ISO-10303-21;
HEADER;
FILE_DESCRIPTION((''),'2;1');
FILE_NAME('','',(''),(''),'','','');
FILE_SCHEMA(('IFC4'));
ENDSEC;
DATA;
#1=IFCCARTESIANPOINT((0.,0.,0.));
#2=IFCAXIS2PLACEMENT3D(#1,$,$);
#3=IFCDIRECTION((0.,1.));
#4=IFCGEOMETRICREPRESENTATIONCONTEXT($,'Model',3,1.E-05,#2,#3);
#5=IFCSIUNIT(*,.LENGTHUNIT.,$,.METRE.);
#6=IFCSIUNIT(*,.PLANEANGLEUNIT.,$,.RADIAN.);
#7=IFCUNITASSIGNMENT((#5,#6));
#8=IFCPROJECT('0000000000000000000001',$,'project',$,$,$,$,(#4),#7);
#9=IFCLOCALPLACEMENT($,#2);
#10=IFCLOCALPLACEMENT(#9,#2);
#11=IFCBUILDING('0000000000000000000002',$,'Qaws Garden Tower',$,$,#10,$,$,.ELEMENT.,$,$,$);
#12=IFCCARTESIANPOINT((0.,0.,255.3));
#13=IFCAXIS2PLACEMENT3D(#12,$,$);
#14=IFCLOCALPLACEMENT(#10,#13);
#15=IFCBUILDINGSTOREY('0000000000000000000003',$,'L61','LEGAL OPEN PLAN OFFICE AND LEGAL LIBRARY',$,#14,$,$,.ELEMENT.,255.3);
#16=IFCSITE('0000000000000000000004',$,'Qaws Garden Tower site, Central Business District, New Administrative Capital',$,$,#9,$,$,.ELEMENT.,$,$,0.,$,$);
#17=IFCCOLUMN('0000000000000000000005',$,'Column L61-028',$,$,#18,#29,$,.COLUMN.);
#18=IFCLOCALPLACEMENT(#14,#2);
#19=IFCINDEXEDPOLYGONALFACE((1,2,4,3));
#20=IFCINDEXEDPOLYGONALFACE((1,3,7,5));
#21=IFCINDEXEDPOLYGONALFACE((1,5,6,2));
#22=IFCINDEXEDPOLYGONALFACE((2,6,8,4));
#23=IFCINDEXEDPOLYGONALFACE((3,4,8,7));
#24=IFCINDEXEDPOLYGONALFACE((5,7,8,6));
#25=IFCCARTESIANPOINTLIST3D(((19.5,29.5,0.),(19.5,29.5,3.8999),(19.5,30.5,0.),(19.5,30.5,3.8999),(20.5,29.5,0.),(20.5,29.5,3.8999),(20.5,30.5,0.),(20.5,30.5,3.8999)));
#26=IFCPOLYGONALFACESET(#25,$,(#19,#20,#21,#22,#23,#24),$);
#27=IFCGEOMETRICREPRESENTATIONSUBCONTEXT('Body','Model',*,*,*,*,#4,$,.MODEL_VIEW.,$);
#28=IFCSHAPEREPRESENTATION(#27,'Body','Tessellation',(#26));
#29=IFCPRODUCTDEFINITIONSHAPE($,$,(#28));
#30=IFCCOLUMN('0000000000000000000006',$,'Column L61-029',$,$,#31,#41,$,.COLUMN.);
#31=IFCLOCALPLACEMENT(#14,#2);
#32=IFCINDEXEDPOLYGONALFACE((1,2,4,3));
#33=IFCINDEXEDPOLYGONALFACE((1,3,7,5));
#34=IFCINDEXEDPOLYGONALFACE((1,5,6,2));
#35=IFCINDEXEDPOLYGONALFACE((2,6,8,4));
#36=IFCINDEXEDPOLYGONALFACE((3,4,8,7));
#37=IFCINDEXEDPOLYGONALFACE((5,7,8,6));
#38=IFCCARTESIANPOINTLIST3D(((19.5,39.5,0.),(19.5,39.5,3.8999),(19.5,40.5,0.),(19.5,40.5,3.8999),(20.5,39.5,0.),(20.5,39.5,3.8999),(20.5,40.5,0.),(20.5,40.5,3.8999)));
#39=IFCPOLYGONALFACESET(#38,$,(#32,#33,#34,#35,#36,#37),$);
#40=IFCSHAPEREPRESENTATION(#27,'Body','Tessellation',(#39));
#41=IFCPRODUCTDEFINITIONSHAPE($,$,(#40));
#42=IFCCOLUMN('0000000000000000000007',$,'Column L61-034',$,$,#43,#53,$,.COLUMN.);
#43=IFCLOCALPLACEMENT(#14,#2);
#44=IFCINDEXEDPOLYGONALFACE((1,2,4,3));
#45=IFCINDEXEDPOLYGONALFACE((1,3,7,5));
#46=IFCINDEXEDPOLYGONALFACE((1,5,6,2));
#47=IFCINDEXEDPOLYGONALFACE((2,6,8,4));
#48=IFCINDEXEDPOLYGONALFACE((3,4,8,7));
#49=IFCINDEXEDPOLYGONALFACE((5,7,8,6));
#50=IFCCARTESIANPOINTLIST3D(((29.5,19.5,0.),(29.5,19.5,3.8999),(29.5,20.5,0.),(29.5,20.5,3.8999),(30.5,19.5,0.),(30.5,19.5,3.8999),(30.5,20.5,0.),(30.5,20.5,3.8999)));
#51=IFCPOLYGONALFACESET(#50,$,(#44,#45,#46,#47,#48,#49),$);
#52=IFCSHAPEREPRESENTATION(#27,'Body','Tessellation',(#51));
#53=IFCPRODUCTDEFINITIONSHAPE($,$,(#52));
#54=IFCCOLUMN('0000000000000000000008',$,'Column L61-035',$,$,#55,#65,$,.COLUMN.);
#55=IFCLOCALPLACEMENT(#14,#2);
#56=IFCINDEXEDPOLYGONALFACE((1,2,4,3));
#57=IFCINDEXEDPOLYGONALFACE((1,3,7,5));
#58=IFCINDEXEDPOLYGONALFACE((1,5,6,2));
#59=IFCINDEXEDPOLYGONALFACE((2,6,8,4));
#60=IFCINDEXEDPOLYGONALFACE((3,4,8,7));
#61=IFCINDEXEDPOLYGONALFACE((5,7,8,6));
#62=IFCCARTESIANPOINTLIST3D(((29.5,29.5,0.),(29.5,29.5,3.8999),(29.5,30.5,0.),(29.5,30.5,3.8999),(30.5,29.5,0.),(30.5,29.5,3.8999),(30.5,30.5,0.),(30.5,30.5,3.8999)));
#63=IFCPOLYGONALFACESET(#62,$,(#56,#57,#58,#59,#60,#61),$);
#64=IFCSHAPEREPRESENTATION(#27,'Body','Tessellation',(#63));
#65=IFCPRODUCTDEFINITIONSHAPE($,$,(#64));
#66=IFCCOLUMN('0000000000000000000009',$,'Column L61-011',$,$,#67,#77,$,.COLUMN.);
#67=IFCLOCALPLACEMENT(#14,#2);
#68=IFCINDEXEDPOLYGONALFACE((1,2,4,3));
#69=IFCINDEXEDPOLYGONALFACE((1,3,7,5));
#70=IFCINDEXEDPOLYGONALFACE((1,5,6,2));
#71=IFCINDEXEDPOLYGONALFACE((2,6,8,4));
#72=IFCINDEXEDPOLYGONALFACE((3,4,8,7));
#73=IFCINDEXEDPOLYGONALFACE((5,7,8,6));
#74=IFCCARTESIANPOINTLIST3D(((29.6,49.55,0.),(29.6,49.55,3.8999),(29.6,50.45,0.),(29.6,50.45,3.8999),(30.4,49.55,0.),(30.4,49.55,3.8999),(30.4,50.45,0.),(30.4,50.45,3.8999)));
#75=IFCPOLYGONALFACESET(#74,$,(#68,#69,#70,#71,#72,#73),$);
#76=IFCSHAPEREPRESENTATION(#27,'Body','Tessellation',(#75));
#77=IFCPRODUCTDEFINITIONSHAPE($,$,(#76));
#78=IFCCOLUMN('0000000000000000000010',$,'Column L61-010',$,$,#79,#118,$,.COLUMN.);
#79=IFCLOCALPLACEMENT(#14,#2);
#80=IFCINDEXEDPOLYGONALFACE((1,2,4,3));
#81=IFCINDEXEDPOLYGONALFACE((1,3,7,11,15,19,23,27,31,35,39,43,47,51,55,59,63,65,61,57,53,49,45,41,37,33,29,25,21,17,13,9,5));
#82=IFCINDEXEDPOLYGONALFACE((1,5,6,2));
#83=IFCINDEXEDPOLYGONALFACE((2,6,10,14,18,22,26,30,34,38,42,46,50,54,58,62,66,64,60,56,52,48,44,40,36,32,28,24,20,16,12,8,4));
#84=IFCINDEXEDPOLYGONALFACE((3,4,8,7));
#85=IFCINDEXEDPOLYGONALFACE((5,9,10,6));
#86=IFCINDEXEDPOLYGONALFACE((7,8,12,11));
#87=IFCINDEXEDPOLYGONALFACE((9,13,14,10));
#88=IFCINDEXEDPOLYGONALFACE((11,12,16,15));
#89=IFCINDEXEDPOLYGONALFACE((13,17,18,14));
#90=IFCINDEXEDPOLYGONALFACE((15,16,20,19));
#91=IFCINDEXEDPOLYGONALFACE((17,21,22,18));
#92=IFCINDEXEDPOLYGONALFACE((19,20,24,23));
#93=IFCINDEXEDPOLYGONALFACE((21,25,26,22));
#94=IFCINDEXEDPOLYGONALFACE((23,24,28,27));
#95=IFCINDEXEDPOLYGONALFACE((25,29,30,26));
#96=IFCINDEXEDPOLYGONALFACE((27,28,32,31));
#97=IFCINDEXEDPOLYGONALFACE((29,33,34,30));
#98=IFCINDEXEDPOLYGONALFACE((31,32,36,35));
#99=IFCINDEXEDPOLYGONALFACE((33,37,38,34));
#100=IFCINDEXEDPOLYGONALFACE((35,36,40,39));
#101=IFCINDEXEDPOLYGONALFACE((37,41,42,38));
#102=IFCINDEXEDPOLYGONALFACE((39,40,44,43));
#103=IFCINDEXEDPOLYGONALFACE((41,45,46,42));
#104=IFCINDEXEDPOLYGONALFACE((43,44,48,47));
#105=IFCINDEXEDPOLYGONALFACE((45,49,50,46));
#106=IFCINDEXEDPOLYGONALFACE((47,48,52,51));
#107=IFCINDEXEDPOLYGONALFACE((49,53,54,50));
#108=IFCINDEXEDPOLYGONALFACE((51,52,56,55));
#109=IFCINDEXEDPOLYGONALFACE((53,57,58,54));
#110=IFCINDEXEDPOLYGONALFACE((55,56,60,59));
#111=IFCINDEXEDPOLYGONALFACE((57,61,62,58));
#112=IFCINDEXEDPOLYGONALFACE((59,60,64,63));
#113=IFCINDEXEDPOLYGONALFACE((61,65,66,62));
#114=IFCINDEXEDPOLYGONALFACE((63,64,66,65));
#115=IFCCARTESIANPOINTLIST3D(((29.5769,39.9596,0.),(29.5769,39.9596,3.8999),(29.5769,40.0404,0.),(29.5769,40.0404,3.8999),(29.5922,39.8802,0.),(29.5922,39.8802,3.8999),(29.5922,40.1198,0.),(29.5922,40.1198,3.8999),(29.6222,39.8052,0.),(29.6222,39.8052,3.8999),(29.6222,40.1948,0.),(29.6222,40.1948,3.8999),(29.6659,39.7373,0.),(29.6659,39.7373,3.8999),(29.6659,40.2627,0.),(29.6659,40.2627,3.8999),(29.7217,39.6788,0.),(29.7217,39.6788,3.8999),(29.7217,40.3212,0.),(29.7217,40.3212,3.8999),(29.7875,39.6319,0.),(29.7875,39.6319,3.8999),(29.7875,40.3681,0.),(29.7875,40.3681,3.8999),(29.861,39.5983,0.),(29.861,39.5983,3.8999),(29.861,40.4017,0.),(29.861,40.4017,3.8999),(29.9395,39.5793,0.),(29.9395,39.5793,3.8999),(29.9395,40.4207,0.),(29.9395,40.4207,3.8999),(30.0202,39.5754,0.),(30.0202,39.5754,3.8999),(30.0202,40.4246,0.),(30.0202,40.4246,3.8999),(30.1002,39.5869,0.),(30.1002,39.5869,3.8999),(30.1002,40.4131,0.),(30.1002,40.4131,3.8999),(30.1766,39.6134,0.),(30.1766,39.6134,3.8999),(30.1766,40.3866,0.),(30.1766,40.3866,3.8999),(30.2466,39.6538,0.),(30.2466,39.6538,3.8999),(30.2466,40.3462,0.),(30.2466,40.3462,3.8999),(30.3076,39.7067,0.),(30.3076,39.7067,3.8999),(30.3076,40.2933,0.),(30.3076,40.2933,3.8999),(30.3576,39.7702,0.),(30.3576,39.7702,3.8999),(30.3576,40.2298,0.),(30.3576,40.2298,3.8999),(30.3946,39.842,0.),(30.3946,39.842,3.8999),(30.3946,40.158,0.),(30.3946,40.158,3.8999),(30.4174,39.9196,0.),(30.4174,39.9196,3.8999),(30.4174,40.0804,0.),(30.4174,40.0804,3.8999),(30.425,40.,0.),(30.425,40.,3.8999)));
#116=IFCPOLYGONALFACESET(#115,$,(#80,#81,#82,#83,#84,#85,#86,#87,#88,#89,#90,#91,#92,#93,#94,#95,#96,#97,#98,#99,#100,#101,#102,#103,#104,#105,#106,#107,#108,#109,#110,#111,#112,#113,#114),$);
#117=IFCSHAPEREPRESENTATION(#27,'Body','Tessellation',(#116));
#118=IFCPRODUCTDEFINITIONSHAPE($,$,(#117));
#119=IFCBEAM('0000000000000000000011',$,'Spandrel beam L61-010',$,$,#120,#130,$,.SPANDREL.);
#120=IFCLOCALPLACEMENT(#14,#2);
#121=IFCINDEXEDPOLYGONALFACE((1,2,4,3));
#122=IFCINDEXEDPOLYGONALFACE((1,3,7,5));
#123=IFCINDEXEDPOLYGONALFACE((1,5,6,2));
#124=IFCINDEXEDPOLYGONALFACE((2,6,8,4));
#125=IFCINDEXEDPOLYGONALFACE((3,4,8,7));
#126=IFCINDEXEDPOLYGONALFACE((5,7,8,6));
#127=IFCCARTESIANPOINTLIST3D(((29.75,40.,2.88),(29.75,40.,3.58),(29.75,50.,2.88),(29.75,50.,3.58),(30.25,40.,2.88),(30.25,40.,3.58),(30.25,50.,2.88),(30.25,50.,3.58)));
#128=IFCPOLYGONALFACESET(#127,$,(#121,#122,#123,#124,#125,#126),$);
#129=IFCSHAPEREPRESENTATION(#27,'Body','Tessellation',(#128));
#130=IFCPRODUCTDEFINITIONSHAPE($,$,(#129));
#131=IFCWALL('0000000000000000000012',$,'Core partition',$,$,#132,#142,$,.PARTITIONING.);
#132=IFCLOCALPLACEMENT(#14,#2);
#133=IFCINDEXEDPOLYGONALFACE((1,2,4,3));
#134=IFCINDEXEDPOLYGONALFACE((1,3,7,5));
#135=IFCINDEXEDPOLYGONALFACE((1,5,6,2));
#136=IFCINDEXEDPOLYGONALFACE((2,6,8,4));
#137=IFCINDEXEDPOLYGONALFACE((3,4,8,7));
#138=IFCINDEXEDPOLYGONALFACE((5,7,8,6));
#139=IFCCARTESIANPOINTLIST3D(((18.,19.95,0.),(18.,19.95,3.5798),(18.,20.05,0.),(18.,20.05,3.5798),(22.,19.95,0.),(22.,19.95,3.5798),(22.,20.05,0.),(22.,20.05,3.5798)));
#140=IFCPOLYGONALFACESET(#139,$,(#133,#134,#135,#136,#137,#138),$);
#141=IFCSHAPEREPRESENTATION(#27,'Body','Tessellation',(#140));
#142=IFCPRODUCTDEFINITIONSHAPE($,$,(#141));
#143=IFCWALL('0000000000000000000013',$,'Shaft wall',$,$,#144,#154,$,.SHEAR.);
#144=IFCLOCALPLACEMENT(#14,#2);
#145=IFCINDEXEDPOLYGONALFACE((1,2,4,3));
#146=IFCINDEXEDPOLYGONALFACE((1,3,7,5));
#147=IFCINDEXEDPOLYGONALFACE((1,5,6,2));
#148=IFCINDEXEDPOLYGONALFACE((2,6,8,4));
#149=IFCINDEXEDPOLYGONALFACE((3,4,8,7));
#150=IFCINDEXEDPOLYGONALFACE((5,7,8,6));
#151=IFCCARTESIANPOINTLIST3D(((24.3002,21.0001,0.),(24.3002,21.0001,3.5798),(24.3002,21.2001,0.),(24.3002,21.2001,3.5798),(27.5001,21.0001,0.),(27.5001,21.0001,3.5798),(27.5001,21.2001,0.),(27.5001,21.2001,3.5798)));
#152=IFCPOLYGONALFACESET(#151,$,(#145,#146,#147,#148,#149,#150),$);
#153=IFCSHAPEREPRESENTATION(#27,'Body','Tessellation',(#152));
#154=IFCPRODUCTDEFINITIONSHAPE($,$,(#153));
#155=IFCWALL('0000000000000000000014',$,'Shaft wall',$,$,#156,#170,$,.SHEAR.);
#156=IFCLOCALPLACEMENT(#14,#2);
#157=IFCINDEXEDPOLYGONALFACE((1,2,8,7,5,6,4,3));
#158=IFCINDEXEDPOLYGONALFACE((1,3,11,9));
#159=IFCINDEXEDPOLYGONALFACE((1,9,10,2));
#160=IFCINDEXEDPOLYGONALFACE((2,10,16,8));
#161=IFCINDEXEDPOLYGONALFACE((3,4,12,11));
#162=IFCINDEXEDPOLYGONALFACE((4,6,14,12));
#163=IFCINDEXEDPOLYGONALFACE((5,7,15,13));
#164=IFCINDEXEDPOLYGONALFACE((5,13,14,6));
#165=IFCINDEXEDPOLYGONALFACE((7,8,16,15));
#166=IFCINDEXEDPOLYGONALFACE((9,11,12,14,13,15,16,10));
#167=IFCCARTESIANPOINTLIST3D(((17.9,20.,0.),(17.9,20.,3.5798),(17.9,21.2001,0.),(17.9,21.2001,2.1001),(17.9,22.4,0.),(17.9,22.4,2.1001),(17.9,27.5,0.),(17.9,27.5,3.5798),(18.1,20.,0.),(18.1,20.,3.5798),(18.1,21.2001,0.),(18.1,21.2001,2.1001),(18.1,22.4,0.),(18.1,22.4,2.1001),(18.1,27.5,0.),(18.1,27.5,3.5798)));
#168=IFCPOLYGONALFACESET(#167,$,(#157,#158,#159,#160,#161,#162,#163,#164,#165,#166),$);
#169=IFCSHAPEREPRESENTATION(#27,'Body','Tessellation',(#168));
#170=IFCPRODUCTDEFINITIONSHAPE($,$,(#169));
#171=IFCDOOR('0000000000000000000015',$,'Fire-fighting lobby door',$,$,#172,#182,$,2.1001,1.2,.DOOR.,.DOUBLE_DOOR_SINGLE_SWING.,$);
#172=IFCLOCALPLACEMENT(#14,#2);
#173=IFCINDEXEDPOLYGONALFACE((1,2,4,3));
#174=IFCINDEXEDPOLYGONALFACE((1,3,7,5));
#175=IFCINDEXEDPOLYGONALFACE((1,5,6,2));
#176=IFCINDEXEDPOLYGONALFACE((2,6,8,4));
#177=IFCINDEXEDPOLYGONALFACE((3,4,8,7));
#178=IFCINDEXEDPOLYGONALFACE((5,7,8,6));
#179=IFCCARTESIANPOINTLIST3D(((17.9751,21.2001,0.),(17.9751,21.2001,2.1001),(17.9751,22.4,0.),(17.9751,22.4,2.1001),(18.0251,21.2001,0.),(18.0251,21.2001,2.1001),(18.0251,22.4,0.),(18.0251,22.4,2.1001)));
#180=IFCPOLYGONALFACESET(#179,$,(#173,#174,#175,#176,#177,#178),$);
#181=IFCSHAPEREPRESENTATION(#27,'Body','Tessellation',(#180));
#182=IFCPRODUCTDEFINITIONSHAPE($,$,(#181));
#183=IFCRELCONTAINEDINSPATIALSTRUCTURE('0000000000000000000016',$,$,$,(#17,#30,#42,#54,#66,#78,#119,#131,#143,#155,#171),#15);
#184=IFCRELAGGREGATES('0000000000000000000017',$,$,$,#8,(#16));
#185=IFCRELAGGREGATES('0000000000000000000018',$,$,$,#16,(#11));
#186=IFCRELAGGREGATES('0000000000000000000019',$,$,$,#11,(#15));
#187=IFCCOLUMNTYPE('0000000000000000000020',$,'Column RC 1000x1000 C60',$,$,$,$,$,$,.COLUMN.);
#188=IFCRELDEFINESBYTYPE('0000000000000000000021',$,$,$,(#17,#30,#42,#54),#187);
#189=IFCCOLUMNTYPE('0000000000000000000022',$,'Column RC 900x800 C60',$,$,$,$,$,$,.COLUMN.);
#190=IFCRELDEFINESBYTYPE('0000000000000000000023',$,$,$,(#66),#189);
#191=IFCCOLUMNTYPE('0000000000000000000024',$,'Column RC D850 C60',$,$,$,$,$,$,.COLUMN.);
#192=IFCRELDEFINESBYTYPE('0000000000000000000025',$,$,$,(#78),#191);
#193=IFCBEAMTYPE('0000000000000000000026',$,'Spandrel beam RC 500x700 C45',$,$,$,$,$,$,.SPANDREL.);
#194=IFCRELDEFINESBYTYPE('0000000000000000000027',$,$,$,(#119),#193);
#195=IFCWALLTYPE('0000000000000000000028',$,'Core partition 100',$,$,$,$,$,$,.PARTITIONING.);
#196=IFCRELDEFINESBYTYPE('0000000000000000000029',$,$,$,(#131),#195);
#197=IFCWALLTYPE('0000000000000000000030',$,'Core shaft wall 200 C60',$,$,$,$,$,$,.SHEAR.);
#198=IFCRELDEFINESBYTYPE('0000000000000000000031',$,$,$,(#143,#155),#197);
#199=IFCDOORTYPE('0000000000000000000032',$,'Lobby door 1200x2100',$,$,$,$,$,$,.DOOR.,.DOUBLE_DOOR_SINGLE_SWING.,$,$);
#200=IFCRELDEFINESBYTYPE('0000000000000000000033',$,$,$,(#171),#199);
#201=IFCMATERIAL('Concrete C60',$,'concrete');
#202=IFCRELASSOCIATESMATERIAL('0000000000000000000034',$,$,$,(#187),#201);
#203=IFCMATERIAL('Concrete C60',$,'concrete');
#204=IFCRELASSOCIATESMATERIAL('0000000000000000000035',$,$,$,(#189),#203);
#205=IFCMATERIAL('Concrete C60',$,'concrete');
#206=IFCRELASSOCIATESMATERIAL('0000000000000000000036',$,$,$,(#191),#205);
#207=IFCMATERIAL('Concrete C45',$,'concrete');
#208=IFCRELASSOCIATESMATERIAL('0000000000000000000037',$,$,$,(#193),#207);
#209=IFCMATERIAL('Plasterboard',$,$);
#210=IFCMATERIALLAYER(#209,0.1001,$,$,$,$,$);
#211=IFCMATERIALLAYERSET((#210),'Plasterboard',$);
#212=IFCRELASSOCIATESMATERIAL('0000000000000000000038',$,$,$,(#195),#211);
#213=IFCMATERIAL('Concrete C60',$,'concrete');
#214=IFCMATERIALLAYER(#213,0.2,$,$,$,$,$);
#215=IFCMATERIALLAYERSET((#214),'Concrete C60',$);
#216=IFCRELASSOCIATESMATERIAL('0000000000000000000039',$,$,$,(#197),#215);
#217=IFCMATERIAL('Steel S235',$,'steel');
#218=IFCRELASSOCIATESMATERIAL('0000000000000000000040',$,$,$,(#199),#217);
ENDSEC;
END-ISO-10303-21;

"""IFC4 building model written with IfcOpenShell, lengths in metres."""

from ifc_helpers import new_model, si_unit, direction, frame, frame_2d, origin, origin_2d, place, context, subcontext, project, spatial, rectangle, circle, extrude, material, layer, layer_set, material_profile, profile_set, type_object, element, fill, save


model = new_model("IFC4")

# Units and contexts
model_context = context("Model", 3, precision=1e-05, world=origin(), true_north=direction((0.0, 1.0)))
body_context = subcontext(model_context, "Body", "Model", "MODEL_VIEW")
ifc_project = project(units=[si_unit("LENGTHUNIT", "METRE"), si_unit("PLANEANGLEUNIT", "RADIAN")], contexts=[model_context])

# Site, building, storey
site_placement = place(None, origin())
site = spatial("IfcSite", under=ifc_project, at=site_placement, Name="Qaws Garden Tower site, Central Business District, New Administrative Capital", CompositionType="ELEMENT", RefElevation=0.0)
building_placement = place(site_placement, origin())
building = spatial("IfcBuilding", under=site, at=building_placement, Name="Qaws Garden Tower", CompositionType="ELEMENT")
storey_placement = place(building_placement, frame((0.0, 0.0, 255.3)))
storey = spatial("IfcBuildingStorey", under=building, at=storey_placement, Name="L61", Description="LEGAL OPEN PLAN OFFICE AND LEGAL LIBRARY", CompositionType="ELEMENT", Elevation=255.3)

# Columns
ifc_material_1 = material(Name="Concrete C60", Category="concrete")
ifc_material_profile_1 = material_profile(ifc_material_1, rectangle(XDim=1.0, YDim=1.0, at=origin_2d()), Name="RC 1000x1000")
ifc_profile_set_1 = profile_set([ifc_material_profile_1], Name="Concrete C60")
column_type_1 = type_object("IfcColumnType", Name="Column RC 1000x1000 C60", PredefinedType="COLUMN", material=ifc_profile_set_1)
for number, where, z_axis, x_axis, name in (
    (1, (20.0, 30.0, 0.0), (0.0, 0.0, 1.0), (1.0, 0.0, 0.0), "Column L61-028"),
    (2, (20.0, 40.0, 0.0), (0.0, 0.0, 1.0), (1.0, 0.0, 0.0), "Column L61-029"),
    (3, (30.0, 20.0, 0.0), (0.0, 0.0, 1.0), (1.0, 0.0, 0.0), "Column L61-034"),
    (4, (30.0, 30.0, 0.0), (0.0, 0.0, 1.0), (1.0, 0.0, 0.0), "Column L61-035"),
):
    element("IfcColumn", number, at=place(storey_placement, frame(where, z_axis=z_axis, x_axis=x_axis)), inside=storey, type_object=column_type_1, Name=name, PredefinedType="COLUMN", context=body_context, shape_type="SweptSolid", body=[
        extrude(rectangle(XDim=1.0, YDim=1.0, at=origin_2d()), origin(), (0.0, 0.0, 1.0), 3.8999),
    ])
ifc_material_2 = material(Name="Concrete C60", Category="concrete")
ifc_material_profile_2 = material_profile(ifc_material_2, rectangle(XDim=0.8999, YDim=0.8, at=origin_2d()), Name="RC 900x800")
ifc_profile_set_2 = profile_set([ifc_material_profile_2], Name="Concrete C60")
column_type_2 = type_object("IfcColumnType", Name="Column RC 900x800 C60", PredefinedType="COLUMN", material=ifc_profile_set_2)
column_1_placement = place(storey_placement, frame((30.0, 50.0, 0.0), z_axis=(0.0, 0.0, 1.0), x_axis=(0.0, 1.0, 0.0)))
element("IfcColumn", 5, at=column_1_placement, inside=storey, type_object=column_type_2, Name="Column L61-011", PredefinedType="COLUMN", context=body_context, shape_type="SweptSolid", body=[
    extrude(rectangle(XDim=0.8999, YDim=0.8, at=origin_2d()), origin(), (0.0, 0.0, 1.0), 3.8999),
])
ifc_material_3 = material(Name="Concrete C60", Category="concrete")
ifc_material_profile_3 = material_profile(ifc_material_3, circle(Radius=0.425, at=origin_2d()), Name="RC D850")
ifc_profile_set_3 = profile_set([ifc_material_profile_3], Name="Concrete C60")
column_type_3 = type_object("IfcColumnType", Name="Column RC D850 C60", PredefinedType="COLUMN", material=ifc_profile_set_3)
column_2_placement = place(storey_placement, frame((30.0, 40.0, 0.0), z_axis=(0.0, 0.0, 1.0), x_axis=(1.0, 0.0, 0.0)))
element("IfcColumn", 6, at=column_2_placement, inside=storey, type_object=column_type_3, Name="Column L61-010", PredefinedType="COLUMN", context=body_context, shape_type="SweptSolid", body=[
    extrude(circle(Radius=0.425, at=origin_2d()), origin(), (0.0, 0.0, 1.0), 3.8999),
])

# Beam
ifc_material_4 = material(Name="Concrete C45", Category="concrete")
ifc_material_profile_4 = material_profile(ifc_material_4, rectangle(XDim=0.5, YDim=0.7, at=origin_2d()), Name="RC 500x700")
ifc_profile_set_4 = profile_set([ifc_material_profile_4], Name="Concrete C45")
beam_type = type_object("IfcBeamType", Name="Spandrel beam RC 500x700 C45", PredefinedType="SPANDREL", material=ifc_profile_set_4)
beam_placement = place(storey_placement, frame((30.0, 40.0, 3.23), z_axis=(0.0, 1.0, 0.0), x_axis=(-1.0, 0.0, 0.0)))
element("IfcBeam", 7, at=beam_placement, inside=storey, type_object=beam_type, Name="Spandrel beam L61-010", PredefinedType="SPANDREL", context=body_context, shape_type="SweptSolid", body=[
    extrude(rectangle(XDim=0.5, YDim=0.7, at=origin_2d()), origin(), (0.0, 0.0, 1.0), 10.0),
])

# Walls
ifc_material_5 = material(Name="Plasterboard")
ifc_layer_1 = layer(ifc_material_5, 0.1001)
ifc_layer_set_1 = layer_set([ifc_layer_1], Name="Plasterboard")
wall_type_1 = type_object("IfcWallType", Name="Core partition 100", PredefinedType="PARTITIONING", material=ifc_layer_set_1)
wall_1_placement = place(storey_placement, frame((18.0, 20.0, 0.0), z_axis=(0.0, 0.0, 1.0), x_axis=(1.0, 0.0, 0.0)))
element("IfcWall", 8, at=wall_1_placement, inside=storey, type_object=wall_type_1, Name="Core partition", PredefinedType="PARTITIONING", context=body_context, shape_type="SweptSolid", body=[
    extrude(rectangle(XDim=4.0, YDim=0.1001, at=frame_2d((2.0, 0.0))), origin(), (0.0, 0.0, 1.0), 3.5798),
])
ifc_material_6 = material(Name="Concrete C60", Category="concrete")
ifc_layer_2 = layer(ifc_material_6, 0.2)
ifc_layer_set_2 = layer_set([ifc_layer_2], Name="Concrete C60")
wall_type_2 = type_object("IfcWallType", Name="Core shaft wall 200 C60", PredefinedType="SHEAR", material=ifc_layer_set_2)
wall_2_placement = place(storey_placement, frame((24.3, 21.1001, 0.0), z_axis=(0.0, 0.0, 1.0), x_axis=(1.0, 0.0, 0.0)))
element("IfcWall", 9, at=wall_2_placement, inside=storey, type_object=wall_type_2, Name="Shaft wall", PredefinedType="SHEAR", context=body_context, shape_type="SweptSolid", body=[
    extrude(rectangle(XDim=3.2, YDim=0.2, at=frame_2d((1.6001, 0.0))), origin(), (0.0, 0.0, 1.0), 3.5798),
])

# Wall, opening, door
wall_3_placement = place(storey_placement, frame((18.0, 20.0, 0.0), z_axis=(0.0, 0.0, 1.0), x_axis=(0.0, 1.0, 0.0)))
wall_3 = element("IfcWall", 10, at=wall_3_placement, inside=storey, type_object=wall_type_2, Name="Shaft wall", PredefinedType="SHEAR", context=body_context, shape_type="SweptSolid", body=[
    extrude(rectangle(XDim=7.5, YDim=0.2, at=frame_2d((3.75, 0.0))), origin(), (0.0, 0.0, 1.0), 3.5798),
])
opening_placement = place(wall_3_placement, frame((1.2, 0.0, 0.0)))
opening = element("IfcOpeningElement", 11, at=opening_placement, cuts=wall_3, PredefinedType="OPENING", context=body_context, shape_type="SweptSolid", body=[
    extrude(rectangle(XDim=1.2, YDim=2.1001, at=frame_2d((0.6001, 1.05))), frame((0.0, 0.1099, 0.0), z_axis=(0.0, -1.0, 0.0), x_axis=(1.0, 0.0, 0.0)), (0.0, 0.0, 1.0), 0.22),
])
ifc_material_7 = material(Name="Steel S235", Category="steel")
door_type = type_object("IfcDoorType", Name="Lobby door 1200x2100", OperationType="DOUBLE_DOOR_SINGLE_SWING", PredefinedType="DOOR", material=ifc_material_7)
door_placement = place(opening_placement, origin())
door = element("IfcDoor", 12, at=door_placement, inside=storey, type_object=door_type, Name="Fire-fighting lobby door", OperationType="DOUBLE_DOOR_SINGLE_SWING", OverallHeight=2.1001, OverallWidth=1.2, PredefinedType="DOOR", context=body_context, shape_type="SweptSolid", body=[
    extrude(rectangle(XDim=1.2, YDim=2.1001, at=frame_2d((0.6001, 1.05))), frame((0.0, 0.0249, 0.0), z_axis=(0.0, -1.0, 0.0), x_axis=(1.0, 0.0, 0.0)), (0.0, 0.0, 1.0), 0.05),
])
fill(opening, door)

save(model, "model.ifc")
